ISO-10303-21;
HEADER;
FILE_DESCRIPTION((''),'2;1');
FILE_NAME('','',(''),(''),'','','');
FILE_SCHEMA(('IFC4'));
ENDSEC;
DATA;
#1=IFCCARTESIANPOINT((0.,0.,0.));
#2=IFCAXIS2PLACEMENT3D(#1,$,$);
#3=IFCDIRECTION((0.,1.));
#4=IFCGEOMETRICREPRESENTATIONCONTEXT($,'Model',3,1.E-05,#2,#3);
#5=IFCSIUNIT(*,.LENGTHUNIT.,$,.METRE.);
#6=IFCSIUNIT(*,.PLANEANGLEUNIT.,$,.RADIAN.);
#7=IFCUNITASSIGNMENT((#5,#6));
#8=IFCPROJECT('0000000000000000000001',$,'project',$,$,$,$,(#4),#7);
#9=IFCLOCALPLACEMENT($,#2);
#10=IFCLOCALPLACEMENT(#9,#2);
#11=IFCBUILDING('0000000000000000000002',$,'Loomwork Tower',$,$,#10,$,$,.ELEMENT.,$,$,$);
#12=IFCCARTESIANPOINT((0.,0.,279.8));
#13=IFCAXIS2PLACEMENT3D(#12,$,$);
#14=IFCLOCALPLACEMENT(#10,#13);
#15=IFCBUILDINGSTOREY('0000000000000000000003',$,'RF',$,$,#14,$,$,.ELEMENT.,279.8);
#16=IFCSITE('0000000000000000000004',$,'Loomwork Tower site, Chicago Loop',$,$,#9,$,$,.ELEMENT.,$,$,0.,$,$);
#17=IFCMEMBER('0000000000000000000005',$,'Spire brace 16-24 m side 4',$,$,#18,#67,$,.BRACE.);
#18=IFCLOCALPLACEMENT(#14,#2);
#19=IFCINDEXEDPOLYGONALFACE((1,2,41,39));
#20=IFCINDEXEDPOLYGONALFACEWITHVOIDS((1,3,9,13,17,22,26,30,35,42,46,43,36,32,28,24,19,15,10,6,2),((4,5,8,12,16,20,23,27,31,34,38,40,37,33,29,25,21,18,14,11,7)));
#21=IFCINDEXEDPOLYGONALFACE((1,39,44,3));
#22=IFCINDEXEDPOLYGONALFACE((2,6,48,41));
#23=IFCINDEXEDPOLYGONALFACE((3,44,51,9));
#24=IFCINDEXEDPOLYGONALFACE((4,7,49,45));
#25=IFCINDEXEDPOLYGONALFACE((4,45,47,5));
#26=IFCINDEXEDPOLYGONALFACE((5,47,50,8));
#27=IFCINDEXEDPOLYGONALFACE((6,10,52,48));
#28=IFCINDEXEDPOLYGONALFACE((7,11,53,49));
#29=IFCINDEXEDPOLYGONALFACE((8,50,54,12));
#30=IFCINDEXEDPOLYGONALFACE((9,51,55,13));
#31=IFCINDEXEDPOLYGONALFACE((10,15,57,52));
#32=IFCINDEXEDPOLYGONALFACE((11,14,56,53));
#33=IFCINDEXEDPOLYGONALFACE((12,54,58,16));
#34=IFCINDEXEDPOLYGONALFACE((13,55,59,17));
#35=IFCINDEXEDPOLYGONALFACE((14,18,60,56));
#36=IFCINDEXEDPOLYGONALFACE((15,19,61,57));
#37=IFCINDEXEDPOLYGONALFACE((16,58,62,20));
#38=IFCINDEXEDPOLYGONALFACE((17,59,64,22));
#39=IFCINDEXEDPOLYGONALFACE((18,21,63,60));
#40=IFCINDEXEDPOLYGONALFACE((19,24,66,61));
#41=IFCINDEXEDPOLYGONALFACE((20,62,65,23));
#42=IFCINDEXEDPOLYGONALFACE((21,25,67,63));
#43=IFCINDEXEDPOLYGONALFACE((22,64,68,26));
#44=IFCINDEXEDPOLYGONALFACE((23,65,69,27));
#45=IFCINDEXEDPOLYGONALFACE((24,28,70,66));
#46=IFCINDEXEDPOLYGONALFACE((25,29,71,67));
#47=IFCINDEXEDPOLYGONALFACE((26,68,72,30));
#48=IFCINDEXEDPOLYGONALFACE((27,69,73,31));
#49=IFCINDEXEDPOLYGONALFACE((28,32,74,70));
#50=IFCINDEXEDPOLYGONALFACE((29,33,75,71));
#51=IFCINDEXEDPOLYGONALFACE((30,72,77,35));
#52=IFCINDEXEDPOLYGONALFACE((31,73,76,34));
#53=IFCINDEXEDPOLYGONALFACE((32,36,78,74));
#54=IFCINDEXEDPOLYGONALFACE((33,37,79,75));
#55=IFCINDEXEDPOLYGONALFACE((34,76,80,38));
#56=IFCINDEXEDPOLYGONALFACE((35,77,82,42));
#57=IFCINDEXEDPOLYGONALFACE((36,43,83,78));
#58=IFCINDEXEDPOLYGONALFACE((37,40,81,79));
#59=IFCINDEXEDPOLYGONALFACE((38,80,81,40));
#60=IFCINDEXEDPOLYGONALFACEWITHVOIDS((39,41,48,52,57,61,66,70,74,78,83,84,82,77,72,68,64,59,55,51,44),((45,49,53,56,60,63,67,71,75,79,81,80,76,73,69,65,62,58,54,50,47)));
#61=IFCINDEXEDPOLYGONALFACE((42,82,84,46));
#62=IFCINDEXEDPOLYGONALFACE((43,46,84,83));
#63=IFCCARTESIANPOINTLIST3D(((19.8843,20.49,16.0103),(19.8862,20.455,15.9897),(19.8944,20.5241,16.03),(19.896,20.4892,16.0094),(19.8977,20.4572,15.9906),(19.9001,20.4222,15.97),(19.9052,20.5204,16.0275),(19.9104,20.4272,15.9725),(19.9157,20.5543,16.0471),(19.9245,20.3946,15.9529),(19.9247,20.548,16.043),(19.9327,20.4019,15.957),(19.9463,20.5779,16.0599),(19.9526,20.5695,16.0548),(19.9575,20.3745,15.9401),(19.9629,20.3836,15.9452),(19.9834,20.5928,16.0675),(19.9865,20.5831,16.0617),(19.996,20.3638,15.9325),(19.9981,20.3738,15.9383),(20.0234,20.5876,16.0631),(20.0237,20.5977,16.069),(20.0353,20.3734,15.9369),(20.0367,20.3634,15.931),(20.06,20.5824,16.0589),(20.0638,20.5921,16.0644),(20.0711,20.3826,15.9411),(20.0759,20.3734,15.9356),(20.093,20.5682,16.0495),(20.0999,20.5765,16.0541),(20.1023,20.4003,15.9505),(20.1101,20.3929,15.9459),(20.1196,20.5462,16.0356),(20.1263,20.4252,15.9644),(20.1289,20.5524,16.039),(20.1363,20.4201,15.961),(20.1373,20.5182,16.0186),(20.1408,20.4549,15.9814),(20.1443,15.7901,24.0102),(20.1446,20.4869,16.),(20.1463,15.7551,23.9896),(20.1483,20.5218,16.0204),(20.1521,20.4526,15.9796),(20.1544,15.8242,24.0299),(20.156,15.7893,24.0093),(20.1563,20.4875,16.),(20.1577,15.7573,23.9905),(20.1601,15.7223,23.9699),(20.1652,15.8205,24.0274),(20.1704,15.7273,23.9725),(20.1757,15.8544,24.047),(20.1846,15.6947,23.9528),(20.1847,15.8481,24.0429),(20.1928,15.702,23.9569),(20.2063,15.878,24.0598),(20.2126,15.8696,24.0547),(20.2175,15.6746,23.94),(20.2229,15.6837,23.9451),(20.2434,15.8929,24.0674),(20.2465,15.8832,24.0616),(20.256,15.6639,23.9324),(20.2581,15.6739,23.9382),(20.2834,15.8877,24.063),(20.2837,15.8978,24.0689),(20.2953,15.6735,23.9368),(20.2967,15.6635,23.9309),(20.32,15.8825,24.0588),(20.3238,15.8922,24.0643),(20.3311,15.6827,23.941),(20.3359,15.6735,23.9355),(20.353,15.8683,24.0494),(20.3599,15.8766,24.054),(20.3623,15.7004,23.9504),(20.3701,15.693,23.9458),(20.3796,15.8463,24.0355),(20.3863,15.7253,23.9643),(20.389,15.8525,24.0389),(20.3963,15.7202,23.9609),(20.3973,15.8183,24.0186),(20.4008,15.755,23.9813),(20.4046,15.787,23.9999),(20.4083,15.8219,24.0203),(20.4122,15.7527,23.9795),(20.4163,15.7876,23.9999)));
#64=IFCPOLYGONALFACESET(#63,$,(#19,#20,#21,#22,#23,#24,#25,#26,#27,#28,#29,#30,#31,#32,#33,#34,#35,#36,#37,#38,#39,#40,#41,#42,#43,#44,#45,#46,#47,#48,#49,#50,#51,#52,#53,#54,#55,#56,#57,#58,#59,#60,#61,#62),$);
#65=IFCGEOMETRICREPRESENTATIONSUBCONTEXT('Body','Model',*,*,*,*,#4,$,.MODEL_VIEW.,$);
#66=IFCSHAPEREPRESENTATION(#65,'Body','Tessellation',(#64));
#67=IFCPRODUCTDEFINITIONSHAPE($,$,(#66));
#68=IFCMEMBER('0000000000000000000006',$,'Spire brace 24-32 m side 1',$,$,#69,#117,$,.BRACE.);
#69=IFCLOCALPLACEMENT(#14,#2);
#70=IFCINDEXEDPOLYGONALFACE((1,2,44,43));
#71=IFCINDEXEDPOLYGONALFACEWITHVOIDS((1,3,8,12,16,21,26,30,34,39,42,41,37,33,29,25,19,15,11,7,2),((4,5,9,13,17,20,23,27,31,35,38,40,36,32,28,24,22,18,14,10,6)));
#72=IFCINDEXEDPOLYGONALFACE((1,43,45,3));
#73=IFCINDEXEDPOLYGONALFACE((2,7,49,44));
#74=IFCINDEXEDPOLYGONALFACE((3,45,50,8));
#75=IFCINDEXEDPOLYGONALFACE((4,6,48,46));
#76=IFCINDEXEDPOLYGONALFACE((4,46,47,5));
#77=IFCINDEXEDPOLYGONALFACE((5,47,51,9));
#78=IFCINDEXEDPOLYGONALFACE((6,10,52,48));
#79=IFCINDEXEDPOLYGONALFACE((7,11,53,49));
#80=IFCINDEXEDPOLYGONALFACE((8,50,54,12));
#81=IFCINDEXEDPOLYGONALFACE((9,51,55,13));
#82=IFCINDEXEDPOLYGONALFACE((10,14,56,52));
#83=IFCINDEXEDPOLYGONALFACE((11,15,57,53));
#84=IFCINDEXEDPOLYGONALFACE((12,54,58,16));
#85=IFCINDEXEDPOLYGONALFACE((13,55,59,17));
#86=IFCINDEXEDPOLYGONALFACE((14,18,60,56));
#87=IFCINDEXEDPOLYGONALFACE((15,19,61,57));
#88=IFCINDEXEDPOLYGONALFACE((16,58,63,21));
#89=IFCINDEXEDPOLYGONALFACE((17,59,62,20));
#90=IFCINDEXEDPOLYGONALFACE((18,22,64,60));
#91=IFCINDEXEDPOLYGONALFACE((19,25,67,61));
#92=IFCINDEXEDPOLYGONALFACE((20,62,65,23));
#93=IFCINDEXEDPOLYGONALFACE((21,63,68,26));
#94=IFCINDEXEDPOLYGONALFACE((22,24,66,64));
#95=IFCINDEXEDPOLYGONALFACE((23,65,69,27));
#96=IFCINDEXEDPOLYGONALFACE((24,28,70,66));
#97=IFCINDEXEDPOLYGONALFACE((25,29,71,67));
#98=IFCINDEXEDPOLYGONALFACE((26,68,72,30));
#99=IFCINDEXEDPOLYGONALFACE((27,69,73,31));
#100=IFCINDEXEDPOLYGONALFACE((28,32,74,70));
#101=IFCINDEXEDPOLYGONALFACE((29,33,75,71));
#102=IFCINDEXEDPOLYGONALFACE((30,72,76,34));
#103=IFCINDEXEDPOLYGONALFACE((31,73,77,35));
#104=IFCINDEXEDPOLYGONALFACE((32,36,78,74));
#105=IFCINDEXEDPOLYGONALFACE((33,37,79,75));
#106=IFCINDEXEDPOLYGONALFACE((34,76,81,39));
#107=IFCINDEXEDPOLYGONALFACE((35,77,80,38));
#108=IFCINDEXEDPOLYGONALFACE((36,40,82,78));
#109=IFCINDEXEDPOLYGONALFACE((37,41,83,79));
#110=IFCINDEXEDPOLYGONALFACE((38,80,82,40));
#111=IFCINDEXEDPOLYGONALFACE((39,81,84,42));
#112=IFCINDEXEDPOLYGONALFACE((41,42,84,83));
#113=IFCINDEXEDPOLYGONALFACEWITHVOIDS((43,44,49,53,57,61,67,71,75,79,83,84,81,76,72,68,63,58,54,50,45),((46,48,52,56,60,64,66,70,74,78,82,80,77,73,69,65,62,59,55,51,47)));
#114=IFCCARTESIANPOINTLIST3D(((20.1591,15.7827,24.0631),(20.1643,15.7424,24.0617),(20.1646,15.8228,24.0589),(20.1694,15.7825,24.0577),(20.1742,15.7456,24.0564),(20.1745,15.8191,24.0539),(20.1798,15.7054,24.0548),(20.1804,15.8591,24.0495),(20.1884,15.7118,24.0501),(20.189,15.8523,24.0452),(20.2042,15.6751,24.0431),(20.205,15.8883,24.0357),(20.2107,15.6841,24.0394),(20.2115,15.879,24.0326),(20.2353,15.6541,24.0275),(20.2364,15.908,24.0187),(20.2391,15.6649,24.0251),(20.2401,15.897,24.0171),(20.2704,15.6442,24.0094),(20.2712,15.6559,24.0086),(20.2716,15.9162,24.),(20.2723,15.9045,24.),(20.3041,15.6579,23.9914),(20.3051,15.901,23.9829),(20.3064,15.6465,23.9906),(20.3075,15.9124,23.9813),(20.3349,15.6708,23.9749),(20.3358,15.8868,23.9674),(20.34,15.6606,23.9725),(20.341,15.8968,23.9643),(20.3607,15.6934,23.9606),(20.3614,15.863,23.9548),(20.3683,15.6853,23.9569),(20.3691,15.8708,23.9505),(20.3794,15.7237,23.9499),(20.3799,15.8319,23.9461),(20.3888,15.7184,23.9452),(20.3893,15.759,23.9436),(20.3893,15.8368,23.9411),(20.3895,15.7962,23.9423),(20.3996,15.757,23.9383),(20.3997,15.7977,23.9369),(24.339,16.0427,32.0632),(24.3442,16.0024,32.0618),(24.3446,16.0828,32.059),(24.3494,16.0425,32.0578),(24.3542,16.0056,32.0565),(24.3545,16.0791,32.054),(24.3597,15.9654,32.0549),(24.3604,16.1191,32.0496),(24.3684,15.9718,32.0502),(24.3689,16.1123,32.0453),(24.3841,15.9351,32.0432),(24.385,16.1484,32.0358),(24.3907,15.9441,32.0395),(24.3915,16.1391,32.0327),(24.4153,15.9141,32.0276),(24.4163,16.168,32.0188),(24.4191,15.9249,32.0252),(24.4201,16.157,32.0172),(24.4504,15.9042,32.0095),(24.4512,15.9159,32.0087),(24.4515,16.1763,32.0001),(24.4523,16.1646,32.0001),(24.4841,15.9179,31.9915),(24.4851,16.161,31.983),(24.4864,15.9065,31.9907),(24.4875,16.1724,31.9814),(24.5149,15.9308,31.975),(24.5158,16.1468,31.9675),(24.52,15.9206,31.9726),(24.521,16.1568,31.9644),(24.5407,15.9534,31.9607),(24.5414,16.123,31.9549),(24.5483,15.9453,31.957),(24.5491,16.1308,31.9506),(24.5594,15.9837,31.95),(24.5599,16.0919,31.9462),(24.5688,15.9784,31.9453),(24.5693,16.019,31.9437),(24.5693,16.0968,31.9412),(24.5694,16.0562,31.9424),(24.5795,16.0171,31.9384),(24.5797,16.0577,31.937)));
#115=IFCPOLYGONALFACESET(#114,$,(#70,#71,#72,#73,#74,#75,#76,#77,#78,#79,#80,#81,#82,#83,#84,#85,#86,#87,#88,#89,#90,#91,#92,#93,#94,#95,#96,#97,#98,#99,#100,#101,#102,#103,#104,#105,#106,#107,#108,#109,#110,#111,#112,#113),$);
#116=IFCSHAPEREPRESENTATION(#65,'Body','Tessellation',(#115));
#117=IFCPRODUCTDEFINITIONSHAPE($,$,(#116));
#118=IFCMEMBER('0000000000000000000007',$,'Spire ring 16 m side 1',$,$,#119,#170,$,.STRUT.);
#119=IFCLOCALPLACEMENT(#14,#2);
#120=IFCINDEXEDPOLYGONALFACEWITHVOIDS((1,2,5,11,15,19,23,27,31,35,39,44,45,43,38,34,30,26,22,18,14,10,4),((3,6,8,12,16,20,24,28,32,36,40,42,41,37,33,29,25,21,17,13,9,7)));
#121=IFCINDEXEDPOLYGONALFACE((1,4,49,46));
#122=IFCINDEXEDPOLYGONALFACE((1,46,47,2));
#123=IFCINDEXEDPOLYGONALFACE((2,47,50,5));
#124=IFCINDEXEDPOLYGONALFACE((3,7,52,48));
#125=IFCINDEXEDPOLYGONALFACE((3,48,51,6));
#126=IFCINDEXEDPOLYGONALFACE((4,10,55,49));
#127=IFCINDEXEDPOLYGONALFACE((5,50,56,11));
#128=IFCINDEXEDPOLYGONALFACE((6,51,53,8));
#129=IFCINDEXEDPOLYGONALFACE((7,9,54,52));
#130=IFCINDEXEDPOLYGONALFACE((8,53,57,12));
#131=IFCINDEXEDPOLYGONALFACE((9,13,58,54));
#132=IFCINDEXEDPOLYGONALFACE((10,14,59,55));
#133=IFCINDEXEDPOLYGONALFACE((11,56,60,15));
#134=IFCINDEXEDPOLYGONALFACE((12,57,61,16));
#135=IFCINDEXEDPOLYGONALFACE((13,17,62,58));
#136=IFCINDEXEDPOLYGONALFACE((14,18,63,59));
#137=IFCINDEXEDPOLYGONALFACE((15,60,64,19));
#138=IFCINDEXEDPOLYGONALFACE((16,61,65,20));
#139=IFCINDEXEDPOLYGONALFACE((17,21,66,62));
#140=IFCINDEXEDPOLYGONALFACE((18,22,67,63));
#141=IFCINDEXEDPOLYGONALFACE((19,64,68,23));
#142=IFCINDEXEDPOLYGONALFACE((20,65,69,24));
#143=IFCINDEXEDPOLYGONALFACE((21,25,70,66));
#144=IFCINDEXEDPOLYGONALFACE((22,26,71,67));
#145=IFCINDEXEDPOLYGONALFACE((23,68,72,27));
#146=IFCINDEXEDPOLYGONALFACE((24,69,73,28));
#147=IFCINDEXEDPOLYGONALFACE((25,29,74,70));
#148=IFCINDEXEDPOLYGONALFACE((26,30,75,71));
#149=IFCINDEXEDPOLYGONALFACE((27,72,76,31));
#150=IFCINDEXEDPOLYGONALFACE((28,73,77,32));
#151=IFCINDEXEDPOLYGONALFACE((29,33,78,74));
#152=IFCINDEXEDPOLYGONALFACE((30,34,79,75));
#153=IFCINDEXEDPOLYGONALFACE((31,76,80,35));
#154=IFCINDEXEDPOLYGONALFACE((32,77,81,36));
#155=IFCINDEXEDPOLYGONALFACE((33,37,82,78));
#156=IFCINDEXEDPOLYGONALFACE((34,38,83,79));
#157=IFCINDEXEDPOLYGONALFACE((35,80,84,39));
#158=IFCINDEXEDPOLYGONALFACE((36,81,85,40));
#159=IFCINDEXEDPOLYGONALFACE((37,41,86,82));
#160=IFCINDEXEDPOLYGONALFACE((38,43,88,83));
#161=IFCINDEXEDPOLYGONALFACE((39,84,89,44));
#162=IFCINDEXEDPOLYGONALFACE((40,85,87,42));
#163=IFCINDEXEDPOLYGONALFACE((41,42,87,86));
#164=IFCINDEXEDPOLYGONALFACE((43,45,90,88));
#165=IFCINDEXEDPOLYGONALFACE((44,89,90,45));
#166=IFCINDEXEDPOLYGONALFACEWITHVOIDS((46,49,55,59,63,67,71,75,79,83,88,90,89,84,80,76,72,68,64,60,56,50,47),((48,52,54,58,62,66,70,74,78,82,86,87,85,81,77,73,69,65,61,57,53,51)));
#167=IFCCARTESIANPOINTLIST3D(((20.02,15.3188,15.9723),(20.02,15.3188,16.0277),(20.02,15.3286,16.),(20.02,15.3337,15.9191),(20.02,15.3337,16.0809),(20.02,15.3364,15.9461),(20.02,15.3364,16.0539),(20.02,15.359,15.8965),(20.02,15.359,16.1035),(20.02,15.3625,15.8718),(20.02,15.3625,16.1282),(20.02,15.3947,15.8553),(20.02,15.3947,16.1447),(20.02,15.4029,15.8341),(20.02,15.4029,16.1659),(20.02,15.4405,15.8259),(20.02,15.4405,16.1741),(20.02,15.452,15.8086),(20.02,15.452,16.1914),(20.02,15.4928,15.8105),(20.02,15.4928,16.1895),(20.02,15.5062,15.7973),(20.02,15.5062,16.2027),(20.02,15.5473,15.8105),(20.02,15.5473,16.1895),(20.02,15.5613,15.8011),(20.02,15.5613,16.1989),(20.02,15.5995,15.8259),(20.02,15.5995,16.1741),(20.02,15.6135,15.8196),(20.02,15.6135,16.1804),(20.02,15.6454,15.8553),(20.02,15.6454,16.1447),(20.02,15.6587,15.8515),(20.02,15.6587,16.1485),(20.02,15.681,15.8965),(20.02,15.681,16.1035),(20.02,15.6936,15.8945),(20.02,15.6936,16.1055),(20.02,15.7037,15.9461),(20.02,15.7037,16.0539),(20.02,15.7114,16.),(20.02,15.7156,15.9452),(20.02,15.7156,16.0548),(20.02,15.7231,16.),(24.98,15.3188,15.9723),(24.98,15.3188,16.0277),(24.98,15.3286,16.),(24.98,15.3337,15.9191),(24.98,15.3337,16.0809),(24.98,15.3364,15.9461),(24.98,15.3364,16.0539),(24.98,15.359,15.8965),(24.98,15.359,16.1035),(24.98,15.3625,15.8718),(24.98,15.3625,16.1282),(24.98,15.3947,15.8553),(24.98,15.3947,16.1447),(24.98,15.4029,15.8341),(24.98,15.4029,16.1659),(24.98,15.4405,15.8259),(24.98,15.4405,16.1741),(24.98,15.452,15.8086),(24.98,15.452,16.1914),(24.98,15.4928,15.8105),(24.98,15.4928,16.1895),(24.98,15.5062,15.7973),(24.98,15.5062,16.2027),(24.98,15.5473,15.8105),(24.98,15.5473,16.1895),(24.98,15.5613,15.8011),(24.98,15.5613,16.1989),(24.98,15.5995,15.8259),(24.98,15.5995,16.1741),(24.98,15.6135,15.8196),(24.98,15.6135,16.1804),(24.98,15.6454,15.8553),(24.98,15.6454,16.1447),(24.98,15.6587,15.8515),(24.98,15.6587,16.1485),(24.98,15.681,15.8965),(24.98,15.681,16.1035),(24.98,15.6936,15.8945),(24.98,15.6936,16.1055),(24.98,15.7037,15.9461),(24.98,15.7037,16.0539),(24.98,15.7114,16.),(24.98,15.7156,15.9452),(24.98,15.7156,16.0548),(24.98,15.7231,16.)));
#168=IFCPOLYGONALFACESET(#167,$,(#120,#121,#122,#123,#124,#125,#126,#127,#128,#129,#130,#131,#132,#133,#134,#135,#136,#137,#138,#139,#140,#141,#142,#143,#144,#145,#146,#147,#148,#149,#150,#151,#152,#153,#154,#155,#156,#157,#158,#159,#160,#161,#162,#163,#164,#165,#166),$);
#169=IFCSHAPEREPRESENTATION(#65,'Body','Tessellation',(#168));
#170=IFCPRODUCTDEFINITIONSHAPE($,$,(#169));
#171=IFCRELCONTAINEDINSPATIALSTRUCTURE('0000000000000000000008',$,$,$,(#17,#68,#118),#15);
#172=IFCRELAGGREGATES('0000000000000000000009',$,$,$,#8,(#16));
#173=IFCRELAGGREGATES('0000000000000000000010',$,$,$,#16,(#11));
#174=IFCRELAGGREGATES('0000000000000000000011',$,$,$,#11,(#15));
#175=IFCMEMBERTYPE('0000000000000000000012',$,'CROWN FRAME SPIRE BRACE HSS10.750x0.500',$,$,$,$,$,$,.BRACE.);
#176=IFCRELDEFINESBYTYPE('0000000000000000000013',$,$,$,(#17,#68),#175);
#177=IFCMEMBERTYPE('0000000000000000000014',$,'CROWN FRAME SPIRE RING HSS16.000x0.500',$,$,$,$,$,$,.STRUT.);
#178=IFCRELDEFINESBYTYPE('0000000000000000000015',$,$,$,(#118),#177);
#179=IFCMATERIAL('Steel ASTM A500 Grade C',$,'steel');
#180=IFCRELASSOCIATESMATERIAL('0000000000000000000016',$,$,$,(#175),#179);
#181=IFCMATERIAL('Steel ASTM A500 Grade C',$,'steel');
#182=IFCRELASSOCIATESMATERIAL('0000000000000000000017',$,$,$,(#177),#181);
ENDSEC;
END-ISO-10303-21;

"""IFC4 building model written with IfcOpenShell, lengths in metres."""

from ifc_helpers import new_model, si_unit, direction, frame, origin, origin_2d, place, context, subcontext, project, spatial, hollow_circle, extrude, material, material_profile, profile_set, type_object, element, save


model = new_model("IFC4")

# Units and contexts
model_context = context("Model", 3, precision=1e-05, world=origin(), true_north=direction((0.0, 1.0)))
body_context = subcontext(model_context, "Body", "Model", "MODEL_VIEW")
ifc_project = project(units=[si_unit("LENGTHUNIT", "METRE"), si_unit("PLANEANGLEUNIT", "RADIAN")], contexts=[model_context])

# Site, building, storey
site_placement = place(None, origin())
site = spatial("IfcSite", under=ifc_project, at=site_placement, Name="Loomwork Tower site, Chicago Loop", CompositionType="ELEMENT", RefElevation=0.0)
building_placement = place(site_placement, origin())
building = spatial("IfcBuilding", under=site, at=building_placement, Name="Loomwork Tower", CompositionType="ELEMENT")
storey_placement = place(building_placement, frame((0.0, 0.0, 279.8)))
storey = spatial("IfcBuildingStorey", under=building, at=storey_placement, Name="RF", CompositionType="ELEMENT", Elevation=279.8)

# Members
ifc_material_1 = material(Name="Steel ASTM A500 Grade C", Category="steel")
ifc_material_profile_1 = material_profile(ifc_material_1, hollow_circle(Radius=0.1365, WallThickness=0.0117, at=origin_2d()), Name="HSS10.750x0.500")
ifc_profile_set_1 = profile_set([ifc_material_profile_1], Name="Steel ASTM A500 Grade C")
member_type_1 = type_object("IfcMemberType", Name="CROWN FRAME SPIRE BRACE HSS10.750x0.500", PredefinedType="BRACE", material=ifc_profile_set_1)
for number, where, z_axis, x_axis, name in (
    (1, (20.02, 20.48, 16.0), (0.028012, -0.506346, 0.861875), (0.998473, 0.055237, 0.0), "Spire brace 16-24 m side 4"),
):
    element("IfcMember", number, at=place(storey_placement, frame(where, z_axis=z_axis, x_axis=x_axis)), inside=storey, type_object=member_type_1, Name=name, PredefinedType="BRACE", context=body_context, shape_type="SweptSolid", body=[
        extrude(hollow_circle(Radius=0.1365, WallThickness=0.0117, at=origin_2d()), origin(), (0.0, 0.0, 1.0), 9.282),
    ])
member_placement = place(storey_placement, frame((20.28, 15.78, 24.0), z_axis=(0.462898, 0.028794, 0.885944), x_axis=(-0.062084, 0.998071, 0.0)))
element("IfcMember", 2, at=member_placement, inside=storey, type_object=member_type_1, Name="Spire brace 24-32 m side 1", PredefinedType="BRACE", context=body_context, shape_type="SweptSolid", body=[
    extrude(hollow_circle(Radius=0.1365, WallThickness=0.0117, at=origin_2d()), origin(), (0.0, 0.0, 1.0), 9.03),
])
ifc_material_2 = material(Name="Steel ASTM A500 Grade C", Category="steel")
ifc_material_profile_2 = material_profile(ifc_material_2, hollow_circle(Radius=0.2031, WallThickness=0.0117, at=origin_2d()), Name="HSS16.000x0.500")
ifc_profile_set_2 = profile_set([ifc_material_profile_2], Name="Steel ASTM A500 Grade C")
member_type_2 = type_object("IfcMemberType", Name="CROWN FRAME SPIRE RING HSS16.000x0.500", PredefinedType="STRUT", material=ifc_profile_set_2)
for number, where, z_axis, x_axis, name in (
    (3, (20.02, 15.52, 16.0), (1.0, 0.0, 0.0), (0.0, 1.0, 0.0), "Spire ring 16 m side 1"),
):
    element("IfcMember", number, at=place(storey_placement, frame(where, z_axis=z_axis, x_axis=x_axis)), inside=storey, type_object=member_type_2, Name=name, PredefinedType="STRUT", context=body_context, shape_type="SweptSolid", body=[
        extrude(hollow_circle(Radius=0.2031, WallThickness=0.0117, at=origin_2d()), origin(), (0.0, 0.0, 1.0), 4.96),
    ])

save(model, "model.ifc")
